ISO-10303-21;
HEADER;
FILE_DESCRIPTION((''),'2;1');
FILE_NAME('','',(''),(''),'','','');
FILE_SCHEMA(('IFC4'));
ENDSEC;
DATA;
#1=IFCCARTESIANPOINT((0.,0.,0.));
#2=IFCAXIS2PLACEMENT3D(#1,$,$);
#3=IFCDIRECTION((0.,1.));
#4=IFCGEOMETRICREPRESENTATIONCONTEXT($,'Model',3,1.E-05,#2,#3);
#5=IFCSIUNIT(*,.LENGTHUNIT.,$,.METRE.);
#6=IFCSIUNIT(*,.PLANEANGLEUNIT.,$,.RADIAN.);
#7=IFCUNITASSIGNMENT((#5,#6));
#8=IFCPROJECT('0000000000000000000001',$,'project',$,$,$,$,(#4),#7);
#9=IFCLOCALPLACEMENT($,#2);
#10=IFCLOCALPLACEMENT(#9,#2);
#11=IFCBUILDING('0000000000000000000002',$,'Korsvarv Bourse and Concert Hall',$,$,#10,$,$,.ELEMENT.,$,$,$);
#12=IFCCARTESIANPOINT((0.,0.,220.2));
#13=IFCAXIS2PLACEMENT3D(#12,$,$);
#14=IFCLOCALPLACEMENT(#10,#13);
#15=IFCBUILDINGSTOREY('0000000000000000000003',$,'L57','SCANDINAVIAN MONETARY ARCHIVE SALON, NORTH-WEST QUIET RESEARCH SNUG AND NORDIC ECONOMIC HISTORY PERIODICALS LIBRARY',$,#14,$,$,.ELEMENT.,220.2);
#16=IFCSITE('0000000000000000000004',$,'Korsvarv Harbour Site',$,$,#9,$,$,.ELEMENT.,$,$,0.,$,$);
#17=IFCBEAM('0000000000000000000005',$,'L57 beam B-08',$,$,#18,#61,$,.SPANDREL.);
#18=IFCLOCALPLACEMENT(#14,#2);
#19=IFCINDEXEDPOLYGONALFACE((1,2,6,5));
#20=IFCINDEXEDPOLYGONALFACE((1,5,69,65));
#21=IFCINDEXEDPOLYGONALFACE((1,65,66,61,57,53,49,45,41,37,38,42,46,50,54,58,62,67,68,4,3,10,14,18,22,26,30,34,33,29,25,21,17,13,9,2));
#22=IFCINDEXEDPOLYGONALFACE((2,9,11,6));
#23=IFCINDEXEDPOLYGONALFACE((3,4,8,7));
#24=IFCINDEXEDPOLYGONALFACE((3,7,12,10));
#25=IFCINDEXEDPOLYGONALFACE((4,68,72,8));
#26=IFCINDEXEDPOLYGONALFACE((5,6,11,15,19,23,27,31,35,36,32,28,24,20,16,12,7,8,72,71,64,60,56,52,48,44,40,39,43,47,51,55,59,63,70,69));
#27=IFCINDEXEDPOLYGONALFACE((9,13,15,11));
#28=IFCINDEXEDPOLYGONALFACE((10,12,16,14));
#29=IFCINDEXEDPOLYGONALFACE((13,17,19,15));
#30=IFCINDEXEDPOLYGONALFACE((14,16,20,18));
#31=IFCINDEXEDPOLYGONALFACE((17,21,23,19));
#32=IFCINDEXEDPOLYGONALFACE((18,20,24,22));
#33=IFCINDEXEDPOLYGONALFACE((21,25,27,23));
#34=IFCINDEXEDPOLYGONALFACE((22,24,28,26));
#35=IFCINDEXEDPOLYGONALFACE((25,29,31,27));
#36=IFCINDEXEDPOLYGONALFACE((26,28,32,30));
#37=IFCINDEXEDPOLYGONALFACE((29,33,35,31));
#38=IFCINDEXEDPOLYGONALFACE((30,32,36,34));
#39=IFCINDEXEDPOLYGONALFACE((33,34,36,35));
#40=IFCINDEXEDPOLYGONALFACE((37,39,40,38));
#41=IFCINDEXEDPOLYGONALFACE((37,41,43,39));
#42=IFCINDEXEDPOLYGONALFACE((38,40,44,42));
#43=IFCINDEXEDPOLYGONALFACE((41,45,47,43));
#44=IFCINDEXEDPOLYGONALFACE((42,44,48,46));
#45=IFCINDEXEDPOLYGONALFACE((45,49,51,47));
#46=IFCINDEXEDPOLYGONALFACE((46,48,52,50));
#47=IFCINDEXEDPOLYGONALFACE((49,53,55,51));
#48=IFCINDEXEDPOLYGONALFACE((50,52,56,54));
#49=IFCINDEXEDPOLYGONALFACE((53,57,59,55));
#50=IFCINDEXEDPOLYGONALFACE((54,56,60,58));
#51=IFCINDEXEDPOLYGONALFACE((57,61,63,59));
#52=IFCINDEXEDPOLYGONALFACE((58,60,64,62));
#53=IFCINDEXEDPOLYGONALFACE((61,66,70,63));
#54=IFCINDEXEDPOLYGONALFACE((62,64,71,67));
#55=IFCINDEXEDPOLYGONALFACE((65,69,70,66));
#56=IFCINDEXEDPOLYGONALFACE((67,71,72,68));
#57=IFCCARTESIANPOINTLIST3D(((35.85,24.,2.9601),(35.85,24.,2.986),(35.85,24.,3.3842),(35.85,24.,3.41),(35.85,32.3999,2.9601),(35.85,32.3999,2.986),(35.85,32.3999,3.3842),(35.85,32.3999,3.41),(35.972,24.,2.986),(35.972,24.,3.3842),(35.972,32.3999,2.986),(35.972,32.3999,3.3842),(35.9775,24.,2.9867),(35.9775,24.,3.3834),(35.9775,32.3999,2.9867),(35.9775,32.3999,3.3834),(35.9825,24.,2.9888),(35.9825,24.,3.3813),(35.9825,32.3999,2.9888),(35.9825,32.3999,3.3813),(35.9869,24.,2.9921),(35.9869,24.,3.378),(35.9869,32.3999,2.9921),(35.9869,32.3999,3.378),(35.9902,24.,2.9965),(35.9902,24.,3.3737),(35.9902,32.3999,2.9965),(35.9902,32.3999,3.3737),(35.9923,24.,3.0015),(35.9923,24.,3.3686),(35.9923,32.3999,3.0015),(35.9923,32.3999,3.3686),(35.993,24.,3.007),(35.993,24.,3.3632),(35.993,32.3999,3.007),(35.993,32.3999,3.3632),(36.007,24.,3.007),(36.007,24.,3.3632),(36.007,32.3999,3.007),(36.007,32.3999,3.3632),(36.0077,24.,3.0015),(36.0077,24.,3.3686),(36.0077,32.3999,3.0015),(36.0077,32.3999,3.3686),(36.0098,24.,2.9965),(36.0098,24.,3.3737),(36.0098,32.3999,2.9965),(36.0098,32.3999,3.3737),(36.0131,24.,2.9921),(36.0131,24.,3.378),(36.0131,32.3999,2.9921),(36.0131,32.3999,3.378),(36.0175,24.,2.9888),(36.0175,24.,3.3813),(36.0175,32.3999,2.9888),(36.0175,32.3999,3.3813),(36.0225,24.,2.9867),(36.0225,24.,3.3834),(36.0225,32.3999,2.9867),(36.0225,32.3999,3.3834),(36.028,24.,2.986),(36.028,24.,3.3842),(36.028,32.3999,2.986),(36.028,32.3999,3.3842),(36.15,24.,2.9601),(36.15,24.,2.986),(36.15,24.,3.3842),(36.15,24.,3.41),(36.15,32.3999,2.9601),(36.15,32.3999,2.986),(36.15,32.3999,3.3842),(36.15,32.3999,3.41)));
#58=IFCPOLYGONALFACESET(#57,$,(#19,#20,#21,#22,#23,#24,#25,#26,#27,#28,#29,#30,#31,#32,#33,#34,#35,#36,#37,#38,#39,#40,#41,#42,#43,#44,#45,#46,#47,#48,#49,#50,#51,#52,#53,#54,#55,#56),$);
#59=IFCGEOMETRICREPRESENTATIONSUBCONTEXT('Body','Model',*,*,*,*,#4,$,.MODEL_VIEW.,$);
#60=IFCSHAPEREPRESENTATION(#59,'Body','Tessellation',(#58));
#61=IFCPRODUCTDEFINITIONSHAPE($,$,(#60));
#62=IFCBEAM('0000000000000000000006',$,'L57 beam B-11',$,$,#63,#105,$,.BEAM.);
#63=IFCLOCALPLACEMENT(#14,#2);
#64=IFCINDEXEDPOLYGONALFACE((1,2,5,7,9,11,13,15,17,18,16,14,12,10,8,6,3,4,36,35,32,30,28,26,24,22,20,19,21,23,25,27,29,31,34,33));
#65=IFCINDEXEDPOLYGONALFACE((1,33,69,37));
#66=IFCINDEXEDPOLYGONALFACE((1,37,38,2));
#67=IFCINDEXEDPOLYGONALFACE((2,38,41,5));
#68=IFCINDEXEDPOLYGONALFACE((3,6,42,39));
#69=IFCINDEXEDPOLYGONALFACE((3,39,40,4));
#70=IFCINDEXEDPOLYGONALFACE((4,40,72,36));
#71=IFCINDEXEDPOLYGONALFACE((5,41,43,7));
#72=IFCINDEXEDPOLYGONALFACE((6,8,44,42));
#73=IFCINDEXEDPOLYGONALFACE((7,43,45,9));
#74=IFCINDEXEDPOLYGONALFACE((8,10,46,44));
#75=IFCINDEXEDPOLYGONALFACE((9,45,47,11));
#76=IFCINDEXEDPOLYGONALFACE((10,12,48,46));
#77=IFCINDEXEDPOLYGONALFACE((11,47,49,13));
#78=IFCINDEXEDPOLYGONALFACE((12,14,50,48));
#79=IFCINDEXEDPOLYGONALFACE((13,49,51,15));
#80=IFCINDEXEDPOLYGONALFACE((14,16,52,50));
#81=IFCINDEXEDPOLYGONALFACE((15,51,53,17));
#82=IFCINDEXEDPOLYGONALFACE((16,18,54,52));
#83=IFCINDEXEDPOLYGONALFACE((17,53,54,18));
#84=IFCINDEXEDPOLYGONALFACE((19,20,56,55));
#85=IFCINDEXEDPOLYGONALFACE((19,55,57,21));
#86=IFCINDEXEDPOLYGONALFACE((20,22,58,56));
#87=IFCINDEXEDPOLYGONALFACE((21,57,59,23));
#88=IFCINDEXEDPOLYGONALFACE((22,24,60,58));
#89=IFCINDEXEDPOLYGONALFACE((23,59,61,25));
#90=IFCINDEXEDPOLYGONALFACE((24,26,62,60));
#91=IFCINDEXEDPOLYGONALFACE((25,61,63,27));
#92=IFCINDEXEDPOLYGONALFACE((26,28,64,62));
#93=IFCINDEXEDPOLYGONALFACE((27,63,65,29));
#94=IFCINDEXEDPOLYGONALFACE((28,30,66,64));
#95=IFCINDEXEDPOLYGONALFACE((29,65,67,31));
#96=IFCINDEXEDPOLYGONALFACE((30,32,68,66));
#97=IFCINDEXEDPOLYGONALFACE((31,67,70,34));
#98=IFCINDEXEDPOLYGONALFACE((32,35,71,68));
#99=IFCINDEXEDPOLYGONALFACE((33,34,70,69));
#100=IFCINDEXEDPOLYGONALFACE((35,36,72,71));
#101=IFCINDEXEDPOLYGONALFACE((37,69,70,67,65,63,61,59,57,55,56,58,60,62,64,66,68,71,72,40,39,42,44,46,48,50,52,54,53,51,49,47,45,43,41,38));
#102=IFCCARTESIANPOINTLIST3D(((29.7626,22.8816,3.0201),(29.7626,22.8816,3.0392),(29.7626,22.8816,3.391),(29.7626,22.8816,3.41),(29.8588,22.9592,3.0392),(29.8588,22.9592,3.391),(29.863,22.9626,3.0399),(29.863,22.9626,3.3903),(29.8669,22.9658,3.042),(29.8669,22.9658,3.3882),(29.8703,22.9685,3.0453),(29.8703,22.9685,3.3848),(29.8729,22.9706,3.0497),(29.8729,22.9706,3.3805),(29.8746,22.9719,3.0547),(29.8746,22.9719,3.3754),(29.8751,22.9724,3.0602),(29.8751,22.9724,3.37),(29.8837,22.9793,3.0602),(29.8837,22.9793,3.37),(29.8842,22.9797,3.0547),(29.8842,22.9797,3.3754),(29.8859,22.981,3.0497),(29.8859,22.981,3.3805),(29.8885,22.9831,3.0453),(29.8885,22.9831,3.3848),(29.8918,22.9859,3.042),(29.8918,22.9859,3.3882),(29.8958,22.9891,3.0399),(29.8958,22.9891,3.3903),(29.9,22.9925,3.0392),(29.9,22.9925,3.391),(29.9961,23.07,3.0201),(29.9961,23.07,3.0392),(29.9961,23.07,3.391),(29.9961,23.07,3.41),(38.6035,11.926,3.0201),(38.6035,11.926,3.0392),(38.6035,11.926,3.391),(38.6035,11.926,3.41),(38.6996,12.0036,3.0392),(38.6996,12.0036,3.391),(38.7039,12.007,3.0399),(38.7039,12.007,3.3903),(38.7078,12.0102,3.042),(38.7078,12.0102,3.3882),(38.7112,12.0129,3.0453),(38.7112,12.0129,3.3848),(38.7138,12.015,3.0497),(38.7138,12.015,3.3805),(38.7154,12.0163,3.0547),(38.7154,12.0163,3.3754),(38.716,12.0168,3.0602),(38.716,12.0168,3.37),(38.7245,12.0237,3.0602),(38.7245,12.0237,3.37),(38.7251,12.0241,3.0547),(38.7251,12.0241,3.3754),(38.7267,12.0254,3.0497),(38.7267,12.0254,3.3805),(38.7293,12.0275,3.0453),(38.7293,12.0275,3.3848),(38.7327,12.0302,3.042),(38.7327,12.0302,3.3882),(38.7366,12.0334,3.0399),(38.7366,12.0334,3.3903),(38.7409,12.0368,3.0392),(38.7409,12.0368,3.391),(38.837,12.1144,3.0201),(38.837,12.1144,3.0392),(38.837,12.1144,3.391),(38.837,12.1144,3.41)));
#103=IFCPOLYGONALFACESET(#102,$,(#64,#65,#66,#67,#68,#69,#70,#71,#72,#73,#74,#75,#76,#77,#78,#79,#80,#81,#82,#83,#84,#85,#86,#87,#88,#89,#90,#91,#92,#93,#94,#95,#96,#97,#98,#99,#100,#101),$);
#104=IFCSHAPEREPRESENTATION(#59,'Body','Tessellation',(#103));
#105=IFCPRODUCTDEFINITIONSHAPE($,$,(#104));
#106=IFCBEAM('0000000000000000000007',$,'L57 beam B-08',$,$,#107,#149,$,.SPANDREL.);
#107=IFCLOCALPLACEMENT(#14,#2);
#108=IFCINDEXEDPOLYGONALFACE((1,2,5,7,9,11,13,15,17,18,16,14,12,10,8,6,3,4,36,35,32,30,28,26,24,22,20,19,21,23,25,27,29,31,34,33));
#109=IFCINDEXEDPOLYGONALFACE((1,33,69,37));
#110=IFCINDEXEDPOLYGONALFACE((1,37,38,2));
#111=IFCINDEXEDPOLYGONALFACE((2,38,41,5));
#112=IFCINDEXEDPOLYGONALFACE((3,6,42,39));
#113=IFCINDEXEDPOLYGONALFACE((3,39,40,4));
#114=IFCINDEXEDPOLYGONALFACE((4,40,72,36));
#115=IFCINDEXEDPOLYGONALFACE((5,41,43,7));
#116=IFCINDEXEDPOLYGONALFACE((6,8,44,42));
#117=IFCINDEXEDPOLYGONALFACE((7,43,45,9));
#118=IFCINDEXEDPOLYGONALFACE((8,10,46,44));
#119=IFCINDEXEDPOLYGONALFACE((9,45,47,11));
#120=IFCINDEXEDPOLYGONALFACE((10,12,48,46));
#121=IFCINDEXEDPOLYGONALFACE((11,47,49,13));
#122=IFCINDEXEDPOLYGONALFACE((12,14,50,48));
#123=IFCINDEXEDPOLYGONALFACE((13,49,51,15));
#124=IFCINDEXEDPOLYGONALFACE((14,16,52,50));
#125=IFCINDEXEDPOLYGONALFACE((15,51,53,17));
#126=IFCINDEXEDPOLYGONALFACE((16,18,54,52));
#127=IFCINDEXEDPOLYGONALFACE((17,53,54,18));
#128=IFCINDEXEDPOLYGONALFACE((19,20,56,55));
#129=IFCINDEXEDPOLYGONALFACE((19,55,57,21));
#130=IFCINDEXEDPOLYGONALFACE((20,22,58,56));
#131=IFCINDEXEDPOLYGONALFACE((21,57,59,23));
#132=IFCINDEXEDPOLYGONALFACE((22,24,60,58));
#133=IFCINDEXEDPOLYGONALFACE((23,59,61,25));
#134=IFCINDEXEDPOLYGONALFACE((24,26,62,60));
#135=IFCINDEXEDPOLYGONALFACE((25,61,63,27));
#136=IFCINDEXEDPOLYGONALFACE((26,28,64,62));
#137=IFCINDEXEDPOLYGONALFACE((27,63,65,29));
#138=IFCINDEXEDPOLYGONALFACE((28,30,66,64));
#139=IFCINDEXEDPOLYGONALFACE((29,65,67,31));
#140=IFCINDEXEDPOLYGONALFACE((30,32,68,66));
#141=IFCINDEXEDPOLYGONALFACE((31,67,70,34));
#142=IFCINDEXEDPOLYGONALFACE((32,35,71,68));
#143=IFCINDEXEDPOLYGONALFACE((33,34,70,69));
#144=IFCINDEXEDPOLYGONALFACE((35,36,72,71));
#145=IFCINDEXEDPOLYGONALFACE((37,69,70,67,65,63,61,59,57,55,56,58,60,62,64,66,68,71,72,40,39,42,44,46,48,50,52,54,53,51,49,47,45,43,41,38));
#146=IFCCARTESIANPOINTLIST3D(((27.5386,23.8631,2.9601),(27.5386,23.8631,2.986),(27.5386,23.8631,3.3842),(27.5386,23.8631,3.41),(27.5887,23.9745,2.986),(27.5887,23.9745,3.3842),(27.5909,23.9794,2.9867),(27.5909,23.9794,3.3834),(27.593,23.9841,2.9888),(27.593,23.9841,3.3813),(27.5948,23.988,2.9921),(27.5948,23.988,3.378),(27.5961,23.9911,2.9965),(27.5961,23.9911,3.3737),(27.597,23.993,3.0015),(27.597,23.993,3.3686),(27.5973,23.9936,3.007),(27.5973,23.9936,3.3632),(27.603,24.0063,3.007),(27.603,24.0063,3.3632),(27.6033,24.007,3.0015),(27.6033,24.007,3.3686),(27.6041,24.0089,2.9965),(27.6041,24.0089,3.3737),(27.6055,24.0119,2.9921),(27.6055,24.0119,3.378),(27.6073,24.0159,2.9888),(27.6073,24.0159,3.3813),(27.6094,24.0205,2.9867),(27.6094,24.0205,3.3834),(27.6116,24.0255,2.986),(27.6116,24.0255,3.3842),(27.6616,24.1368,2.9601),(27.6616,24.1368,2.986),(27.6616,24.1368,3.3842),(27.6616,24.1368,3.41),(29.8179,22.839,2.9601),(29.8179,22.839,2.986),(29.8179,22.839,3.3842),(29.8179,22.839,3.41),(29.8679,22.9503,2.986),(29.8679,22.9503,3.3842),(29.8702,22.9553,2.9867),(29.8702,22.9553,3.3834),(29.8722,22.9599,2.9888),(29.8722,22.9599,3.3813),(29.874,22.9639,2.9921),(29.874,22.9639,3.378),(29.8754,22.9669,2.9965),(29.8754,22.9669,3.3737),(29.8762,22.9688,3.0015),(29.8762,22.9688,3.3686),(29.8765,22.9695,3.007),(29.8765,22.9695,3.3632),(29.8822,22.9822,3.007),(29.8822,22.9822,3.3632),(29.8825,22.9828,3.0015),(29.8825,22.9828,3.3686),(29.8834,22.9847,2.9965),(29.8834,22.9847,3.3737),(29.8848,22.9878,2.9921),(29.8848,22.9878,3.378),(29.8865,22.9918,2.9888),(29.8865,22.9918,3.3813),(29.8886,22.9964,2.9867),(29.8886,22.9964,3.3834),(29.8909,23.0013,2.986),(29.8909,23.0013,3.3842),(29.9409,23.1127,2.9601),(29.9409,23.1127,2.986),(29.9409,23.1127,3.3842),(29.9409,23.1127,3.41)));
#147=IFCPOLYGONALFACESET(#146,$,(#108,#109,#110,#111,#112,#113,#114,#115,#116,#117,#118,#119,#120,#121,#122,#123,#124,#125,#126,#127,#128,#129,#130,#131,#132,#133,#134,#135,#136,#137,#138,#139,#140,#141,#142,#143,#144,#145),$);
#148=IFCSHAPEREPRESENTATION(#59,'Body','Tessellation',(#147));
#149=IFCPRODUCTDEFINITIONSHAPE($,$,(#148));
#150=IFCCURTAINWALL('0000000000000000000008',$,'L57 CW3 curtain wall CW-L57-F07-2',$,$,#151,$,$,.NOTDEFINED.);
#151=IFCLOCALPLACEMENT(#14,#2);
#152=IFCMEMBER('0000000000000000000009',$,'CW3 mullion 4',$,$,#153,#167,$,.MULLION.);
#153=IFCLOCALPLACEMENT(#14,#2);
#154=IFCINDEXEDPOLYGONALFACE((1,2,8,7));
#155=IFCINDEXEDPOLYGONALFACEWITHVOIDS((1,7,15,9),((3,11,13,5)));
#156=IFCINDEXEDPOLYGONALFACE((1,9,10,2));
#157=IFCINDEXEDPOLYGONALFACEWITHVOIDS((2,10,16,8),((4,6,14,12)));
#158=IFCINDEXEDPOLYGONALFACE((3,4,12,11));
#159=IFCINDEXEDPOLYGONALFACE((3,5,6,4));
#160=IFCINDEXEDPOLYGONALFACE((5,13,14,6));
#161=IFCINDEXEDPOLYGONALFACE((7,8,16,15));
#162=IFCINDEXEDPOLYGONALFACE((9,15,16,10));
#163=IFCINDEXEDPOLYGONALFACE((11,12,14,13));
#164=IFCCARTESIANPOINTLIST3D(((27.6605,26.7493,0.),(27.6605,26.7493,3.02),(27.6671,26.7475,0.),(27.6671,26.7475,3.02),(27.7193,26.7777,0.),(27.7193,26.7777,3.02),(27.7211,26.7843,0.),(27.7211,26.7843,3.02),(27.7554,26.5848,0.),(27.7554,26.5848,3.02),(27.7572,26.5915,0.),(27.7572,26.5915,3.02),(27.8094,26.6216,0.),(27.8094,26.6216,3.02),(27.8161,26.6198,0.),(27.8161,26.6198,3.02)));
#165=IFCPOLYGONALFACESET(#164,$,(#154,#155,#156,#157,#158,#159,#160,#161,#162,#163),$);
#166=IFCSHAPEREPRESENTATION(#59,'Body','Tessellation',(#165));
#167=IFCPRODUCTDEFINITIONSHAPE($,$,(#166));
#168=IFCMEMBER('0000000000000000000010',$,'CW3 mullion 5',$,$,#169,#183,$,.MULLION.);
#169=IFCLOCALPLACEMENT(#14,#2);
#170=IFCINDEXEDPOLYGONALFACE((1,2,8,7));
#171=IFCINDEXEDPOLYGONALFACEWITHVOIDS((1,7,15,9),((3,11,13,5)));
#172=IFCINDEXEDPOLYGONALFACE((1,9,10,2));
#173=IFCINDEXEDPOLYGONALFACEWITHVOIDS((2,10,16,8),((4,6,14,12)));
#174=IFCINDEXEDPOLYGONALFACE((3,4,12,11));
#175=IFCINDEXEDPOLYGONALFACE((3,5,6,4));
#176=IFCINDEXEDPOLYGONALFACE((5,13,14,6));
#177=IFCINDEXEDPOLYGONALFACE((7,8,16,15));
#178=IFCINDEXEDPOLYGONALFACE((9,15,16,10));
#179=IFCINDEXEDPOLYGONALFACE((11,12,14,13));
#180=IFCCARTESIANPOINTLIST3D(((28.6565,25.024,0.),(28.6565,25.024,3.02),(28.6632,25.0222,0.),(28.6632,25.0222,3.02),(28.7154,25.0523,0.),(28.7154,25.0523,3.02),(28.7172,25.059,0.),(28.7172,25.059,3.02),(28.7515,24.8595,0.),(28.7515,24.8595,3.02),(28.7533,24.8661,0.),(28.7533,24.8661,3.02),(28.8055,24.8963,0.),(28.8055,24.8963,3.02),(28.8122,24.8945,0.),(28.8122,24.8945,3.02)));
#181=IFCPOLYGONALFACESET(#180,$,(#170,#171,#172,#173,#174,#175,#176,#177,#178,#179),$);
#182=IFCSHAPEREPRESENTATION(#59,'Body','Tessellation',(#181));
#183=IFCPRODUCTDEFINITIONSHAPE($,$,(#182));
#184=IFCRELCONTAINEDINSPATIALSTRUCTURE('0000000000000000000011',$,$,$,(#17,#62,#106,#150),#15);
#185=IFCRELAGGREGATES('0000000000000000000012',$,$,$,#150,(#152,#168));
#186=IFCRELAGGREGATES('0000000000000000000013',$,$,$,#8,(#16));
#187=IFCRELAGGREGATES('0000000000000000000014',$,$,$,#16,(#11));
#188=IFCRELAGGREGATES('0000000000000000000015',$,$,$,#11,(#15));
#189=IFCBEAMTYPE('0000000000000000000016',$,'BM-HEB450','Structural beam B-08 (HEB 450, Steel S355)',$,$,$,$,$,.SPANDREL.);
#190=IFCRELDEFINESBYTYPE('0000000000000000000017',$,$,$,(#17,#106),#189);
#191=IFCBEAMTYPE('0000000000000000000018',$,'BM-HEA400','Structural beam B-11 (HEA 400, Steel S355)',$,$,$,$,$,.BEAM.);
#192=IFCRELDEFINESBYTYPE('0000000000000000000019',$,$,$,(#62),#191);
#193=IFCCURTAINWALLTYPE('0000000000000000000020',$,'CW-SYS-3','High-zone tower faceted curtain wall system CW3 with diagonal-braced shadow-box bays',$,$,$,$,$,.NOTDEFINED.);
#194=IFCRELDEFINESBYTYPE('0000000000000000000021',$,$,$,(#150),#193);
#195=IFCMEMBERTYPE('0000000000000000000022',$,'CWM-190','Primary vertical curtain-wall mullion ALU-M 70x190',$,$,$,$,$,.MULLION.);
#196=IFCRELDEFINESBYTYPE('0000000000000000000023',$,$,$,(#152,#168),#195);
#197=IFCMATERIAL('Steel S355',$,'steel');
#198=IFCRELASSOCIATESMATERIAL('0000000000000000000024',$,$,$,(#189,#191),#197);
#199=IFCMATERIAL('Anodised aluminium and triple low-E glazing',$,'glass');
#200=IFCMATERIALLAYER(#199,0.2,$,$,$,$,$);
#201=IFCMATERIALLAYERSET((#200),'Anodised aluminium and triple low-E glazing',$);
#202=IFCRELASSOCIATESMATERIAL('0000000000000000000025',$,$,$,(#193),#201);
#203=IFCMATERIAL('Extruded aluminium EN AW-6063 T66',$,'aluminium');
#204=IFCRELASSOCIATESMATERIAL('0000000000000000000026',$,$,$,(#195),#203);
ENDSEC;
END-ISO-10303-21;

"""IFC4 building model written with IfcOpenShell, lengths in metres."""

from ifc_helpers import new_model, si_unit, direction, frame, origin, origin_2d, place, context, subcontext, project, spatial, hollow_rectangle, i_section, extrude, source, transform, mapped, material, layer, layer_set, material_profile, profile_set, type_object, element, aggregate, save


model = new_model("IFC4")

# Units and contexts
model_context = context("Model", 3, precision=1e-05, world=origin(), true_north=direction((0.0, 1.0)))
body_context = subcontext(model_context, "Body", "Model", "MODEL_VIEW")
ifc_project = project(units=[si_unit("LENGTHUNIT", "METRE"), si_unit("PLANEANGLEUNIT", "RADIAN")], contexts=[model_context])

# Site, building, storey
site_placement = place(None, origin())
site = spatial("IfcSite", under=ifc_project, at=site_placement, Name="Korsvarv Harbour Site", CompositionType="ELEMENT", RefElevation=0.0)
building_placement = place(site_placement, origin())
building = spatial("IfcBuilding", under=site, at=building_placement, Name="Korsvarv Bourse and Concert Hall", CompositionType="ELEMENT")
storey_placement = place(building_placement, frame((0.0, 0.0, 220.2)))
storey = spatial("IfcBuildingStorey", under=building, at=storey_placement, Name="L57", Description="SCANDINAVIAN MONETARY ARCHIVE SALON, NORTH-WEST QUIET RESEARCH SNUG AND NORDIC ECONOMIC HISTORY PERIODICALS LIBRARY", CompositionType="ELEMENT", Elevation=220.2)

# Shared definitions
ifc_material_1 = material(Name="Steel S355", Category="steel")

# Beams
ifc_material_profile_1 = material_profile(ifc_material_1, i_section(OverallWidth=0.3, OverallDepth=0.45, WebThickness=0.0139, FlangeThickness=0.0259, FilletRadius=0.021, at=origin_2d()), Name="HEB 450")
ifc_profile_set_1 = profile_set([ifc_material_profile_1], Name="Steel S355")
beam_type_1 = type_object("IfcBeamType", Name="BM-HEB450", Description="Structural beam B-08 (HEB 450, Steel S355)", PredefinedType="SPANDREL", material=ifc_profile_set_1)
shared_shape_1 = source(origin(), body_context, "Body", "SweptSolid", [
    extrude(i_section(OverallWidth=0.3, OverallDepth=0.45, WebThickness=0.0139, FlangeThickness=0.0259, FilletRadius=0.021, at=origin_2d()), origin(), (0.0, 0.0, 1.0), 8.3999),
])
for number, where, z_axis, x_axis, name in (
    (1, (36.0, 24.0, 3.1851), (0.0, 1.0, 0.0), (-1.0, 0.0, 0.0), "L57 beam B-08"),
):
    element("IfcBeam", number, at=place(storey_placement, frame(where, z_axis=z_axis, x_axis=x_axis)), inside=storey, type_object=beam_type_1, Name=name, PredefinedType="SPANDREL", context=body_context, shape_type="MappedRepresentation", body=[
        mapped(shared_shape_1, transform((0.0, 0.0, 0.0), scale=1.0)),
    ])
ifc_material_profile_2 = material_profile(ifc_material_1, i_section(OverallWidth=0.3, OverallDepth=0.3899, WebThickness=0.011, FlangeThickness=0.019, FilletRadius=0.021, at=origin_2d()), Name="HEA 400")
ifc_profile_set_2 = profile_set([ifc_material_profile_2], Name="Steel S355")
beam_type_2 = type_object("IfcBeamType", Name="BM-HEA400", Description="Structural beam B-11 (HEA 400, Steel S355)", PredefinedType="BEAM", material=ifc_profile_set_2)
shared_shape_2 = source(origin(), body_context, "Body", "SweptSolid", [
    extrude(i_section(OverallWidth=0.3, OverallDepth=0.3899, WebThickness=0.011, FlangeThickness=0.019, FilletRadius=0.021, at=origin_2d()), origin(), (0.0, 0.0, 1.0), 14.0779),
])
beam_1_placement = place(storey_placement, frame((29.8794, 22.9758, 3.2151), z_axis=(0.627997, -0.778216, 0.0), x_axis=(0.778216, 0.627997, 0.0)))
element("IfcBeam", 2, at=beam_1_placement, inside=storey, type_object=beam_type_2, Name="L57 beam B-11", PredefinedType="BEAM", context=body_context, shape_type="MappedRepresentation", body=[
    mapped(shared_shape_2, transform((0.0, 0.0, 0.0), scale=1.0)),
])
shared_shape_3 = source(origin(), body_context, "Body", "SweptSolid", [
    extrude(i_section(OverallWidth=0.3, OverallDepth=0.45, WebThickness=0.0139, FlangeThickness=0.0259, FilletRadius=0.021, at=origin_2d()), origin(), (0.0, 0.0, 1.0), 2.4988),
])
beam_2_placement = place(storey_placement, frame((29.8794, 22.9758, 3.1851), z_axis=(-0.912148, 0.409861, 0.0), x_axis=(-0.409861, -0.912148, 0.0)))
element("IfcBeam", 3, at=beam_2_placement, inside=storey, type_object=beam_type_1, Name="L57 beam B-08", PredefinedType="SPANDREL", context=body_context, shape_type="MappedRepresentation", body=[
    mapped(shared_shape_3, transform((0.0, 0.0, 0.0), scale=1.0)),
])

# Curtain wall, members
ifc_material_2 = material(Name="Anodised aluminium and triple low-E glazing", Category="glass")
ifc_layer_1 = layer(ifc_material_2, 0.2)
ifc_layer_set_1 = layer_set([ifc_layer_1], Name="Anodised aluminium and triple low-E glazing")
curtain_wall_type = type_object("IfcCurtainWallType", Name="CW-SYS-3", Description="High-zone tower faceted curtain wall system CW3 with diagonal-braced shadow-box bays", PredefinedType="NOTDEFINED", material=ifc_layer_set_1)
curtain_wall_placement = place(storey_placement, origin())
curtain_wall = element("IfcCurtainWall", 4, at=curtain_wall_placement, inside=storey, type_object=curtain_wall_type, Name="L57 CW3 curtain wall CW-L57-F07-2", PredefinedType="NOTDEFINED")
ifc_material_3 = material(Name="Extruded aluminium EN AW-6063 T66", Category="aluminium")
ifc_material_profile_3 = material_profile(ifc_material_3, hollow_rectangle(XDim=0.0701, YDim=0.1899, WallThickness=0.0049, at=origin_2d()), Name="ALU-M 70x190")
ifc_profile_set_3 = profile_set([ifc_material_profile_3], Name="Extruded aluminium EN AW-6063 T66")
member_type_1 = type_object("IfcMemberType", Name="CWM-190", Description="Primary vertical curtain-wall mullion ALU-M 70x190", PredefinedType="MULLION", material=ifc_profile_set_3)
shared_shape_4 = source(origin(), body_context, "Body", "SweptSolid", [
    extrude(hollow_rectangle(XDim=0.0701, YDim=0.1899, WallThickness=0.0049, at=origin_2d()), origin(), (0.0, 0.0, 1.0), 3.02),
])
member_1_placement = place(storey_placement, frame((27.7383, 26.6846, 0.0), z_axis=(0.0, 0.0, 1.0), x_axis=(0.866028, 0.499996, 0.0)))
member_1 = element("IfcMember", 5, at=member_1_placement, type_object=member_type_1, Name="CW3 mullion 4", PredefinedType="MULLION", context=body_context, shape_type="MappedRepresentation", body=[
    mapped(shared_shape_4, transform((0.0, 0.0, 0.0), scale=1.0)),
])
member_2_placement = place(storey_placement, frame((28.7344, 24.9592, 0.0), z_axis=(0.0, 0.0, 1.0), x_axis=(0.866028, 0.499996, 0.0)))
member_2 = element("IfcMember", 6, at=member_2_placement, type_object=member_type_1, Name="CW3 mullion 5", PredefinedType="MULLION", context=body_context, shape_type="MappedRepresentation", body=[
    mapped(shared_shape_4, transform((0.0, 0.0, 0.0), scale=1.0)),
])
aggregate(curtain_wall, [member_1, member_2])

save(model, "model.ifc")
